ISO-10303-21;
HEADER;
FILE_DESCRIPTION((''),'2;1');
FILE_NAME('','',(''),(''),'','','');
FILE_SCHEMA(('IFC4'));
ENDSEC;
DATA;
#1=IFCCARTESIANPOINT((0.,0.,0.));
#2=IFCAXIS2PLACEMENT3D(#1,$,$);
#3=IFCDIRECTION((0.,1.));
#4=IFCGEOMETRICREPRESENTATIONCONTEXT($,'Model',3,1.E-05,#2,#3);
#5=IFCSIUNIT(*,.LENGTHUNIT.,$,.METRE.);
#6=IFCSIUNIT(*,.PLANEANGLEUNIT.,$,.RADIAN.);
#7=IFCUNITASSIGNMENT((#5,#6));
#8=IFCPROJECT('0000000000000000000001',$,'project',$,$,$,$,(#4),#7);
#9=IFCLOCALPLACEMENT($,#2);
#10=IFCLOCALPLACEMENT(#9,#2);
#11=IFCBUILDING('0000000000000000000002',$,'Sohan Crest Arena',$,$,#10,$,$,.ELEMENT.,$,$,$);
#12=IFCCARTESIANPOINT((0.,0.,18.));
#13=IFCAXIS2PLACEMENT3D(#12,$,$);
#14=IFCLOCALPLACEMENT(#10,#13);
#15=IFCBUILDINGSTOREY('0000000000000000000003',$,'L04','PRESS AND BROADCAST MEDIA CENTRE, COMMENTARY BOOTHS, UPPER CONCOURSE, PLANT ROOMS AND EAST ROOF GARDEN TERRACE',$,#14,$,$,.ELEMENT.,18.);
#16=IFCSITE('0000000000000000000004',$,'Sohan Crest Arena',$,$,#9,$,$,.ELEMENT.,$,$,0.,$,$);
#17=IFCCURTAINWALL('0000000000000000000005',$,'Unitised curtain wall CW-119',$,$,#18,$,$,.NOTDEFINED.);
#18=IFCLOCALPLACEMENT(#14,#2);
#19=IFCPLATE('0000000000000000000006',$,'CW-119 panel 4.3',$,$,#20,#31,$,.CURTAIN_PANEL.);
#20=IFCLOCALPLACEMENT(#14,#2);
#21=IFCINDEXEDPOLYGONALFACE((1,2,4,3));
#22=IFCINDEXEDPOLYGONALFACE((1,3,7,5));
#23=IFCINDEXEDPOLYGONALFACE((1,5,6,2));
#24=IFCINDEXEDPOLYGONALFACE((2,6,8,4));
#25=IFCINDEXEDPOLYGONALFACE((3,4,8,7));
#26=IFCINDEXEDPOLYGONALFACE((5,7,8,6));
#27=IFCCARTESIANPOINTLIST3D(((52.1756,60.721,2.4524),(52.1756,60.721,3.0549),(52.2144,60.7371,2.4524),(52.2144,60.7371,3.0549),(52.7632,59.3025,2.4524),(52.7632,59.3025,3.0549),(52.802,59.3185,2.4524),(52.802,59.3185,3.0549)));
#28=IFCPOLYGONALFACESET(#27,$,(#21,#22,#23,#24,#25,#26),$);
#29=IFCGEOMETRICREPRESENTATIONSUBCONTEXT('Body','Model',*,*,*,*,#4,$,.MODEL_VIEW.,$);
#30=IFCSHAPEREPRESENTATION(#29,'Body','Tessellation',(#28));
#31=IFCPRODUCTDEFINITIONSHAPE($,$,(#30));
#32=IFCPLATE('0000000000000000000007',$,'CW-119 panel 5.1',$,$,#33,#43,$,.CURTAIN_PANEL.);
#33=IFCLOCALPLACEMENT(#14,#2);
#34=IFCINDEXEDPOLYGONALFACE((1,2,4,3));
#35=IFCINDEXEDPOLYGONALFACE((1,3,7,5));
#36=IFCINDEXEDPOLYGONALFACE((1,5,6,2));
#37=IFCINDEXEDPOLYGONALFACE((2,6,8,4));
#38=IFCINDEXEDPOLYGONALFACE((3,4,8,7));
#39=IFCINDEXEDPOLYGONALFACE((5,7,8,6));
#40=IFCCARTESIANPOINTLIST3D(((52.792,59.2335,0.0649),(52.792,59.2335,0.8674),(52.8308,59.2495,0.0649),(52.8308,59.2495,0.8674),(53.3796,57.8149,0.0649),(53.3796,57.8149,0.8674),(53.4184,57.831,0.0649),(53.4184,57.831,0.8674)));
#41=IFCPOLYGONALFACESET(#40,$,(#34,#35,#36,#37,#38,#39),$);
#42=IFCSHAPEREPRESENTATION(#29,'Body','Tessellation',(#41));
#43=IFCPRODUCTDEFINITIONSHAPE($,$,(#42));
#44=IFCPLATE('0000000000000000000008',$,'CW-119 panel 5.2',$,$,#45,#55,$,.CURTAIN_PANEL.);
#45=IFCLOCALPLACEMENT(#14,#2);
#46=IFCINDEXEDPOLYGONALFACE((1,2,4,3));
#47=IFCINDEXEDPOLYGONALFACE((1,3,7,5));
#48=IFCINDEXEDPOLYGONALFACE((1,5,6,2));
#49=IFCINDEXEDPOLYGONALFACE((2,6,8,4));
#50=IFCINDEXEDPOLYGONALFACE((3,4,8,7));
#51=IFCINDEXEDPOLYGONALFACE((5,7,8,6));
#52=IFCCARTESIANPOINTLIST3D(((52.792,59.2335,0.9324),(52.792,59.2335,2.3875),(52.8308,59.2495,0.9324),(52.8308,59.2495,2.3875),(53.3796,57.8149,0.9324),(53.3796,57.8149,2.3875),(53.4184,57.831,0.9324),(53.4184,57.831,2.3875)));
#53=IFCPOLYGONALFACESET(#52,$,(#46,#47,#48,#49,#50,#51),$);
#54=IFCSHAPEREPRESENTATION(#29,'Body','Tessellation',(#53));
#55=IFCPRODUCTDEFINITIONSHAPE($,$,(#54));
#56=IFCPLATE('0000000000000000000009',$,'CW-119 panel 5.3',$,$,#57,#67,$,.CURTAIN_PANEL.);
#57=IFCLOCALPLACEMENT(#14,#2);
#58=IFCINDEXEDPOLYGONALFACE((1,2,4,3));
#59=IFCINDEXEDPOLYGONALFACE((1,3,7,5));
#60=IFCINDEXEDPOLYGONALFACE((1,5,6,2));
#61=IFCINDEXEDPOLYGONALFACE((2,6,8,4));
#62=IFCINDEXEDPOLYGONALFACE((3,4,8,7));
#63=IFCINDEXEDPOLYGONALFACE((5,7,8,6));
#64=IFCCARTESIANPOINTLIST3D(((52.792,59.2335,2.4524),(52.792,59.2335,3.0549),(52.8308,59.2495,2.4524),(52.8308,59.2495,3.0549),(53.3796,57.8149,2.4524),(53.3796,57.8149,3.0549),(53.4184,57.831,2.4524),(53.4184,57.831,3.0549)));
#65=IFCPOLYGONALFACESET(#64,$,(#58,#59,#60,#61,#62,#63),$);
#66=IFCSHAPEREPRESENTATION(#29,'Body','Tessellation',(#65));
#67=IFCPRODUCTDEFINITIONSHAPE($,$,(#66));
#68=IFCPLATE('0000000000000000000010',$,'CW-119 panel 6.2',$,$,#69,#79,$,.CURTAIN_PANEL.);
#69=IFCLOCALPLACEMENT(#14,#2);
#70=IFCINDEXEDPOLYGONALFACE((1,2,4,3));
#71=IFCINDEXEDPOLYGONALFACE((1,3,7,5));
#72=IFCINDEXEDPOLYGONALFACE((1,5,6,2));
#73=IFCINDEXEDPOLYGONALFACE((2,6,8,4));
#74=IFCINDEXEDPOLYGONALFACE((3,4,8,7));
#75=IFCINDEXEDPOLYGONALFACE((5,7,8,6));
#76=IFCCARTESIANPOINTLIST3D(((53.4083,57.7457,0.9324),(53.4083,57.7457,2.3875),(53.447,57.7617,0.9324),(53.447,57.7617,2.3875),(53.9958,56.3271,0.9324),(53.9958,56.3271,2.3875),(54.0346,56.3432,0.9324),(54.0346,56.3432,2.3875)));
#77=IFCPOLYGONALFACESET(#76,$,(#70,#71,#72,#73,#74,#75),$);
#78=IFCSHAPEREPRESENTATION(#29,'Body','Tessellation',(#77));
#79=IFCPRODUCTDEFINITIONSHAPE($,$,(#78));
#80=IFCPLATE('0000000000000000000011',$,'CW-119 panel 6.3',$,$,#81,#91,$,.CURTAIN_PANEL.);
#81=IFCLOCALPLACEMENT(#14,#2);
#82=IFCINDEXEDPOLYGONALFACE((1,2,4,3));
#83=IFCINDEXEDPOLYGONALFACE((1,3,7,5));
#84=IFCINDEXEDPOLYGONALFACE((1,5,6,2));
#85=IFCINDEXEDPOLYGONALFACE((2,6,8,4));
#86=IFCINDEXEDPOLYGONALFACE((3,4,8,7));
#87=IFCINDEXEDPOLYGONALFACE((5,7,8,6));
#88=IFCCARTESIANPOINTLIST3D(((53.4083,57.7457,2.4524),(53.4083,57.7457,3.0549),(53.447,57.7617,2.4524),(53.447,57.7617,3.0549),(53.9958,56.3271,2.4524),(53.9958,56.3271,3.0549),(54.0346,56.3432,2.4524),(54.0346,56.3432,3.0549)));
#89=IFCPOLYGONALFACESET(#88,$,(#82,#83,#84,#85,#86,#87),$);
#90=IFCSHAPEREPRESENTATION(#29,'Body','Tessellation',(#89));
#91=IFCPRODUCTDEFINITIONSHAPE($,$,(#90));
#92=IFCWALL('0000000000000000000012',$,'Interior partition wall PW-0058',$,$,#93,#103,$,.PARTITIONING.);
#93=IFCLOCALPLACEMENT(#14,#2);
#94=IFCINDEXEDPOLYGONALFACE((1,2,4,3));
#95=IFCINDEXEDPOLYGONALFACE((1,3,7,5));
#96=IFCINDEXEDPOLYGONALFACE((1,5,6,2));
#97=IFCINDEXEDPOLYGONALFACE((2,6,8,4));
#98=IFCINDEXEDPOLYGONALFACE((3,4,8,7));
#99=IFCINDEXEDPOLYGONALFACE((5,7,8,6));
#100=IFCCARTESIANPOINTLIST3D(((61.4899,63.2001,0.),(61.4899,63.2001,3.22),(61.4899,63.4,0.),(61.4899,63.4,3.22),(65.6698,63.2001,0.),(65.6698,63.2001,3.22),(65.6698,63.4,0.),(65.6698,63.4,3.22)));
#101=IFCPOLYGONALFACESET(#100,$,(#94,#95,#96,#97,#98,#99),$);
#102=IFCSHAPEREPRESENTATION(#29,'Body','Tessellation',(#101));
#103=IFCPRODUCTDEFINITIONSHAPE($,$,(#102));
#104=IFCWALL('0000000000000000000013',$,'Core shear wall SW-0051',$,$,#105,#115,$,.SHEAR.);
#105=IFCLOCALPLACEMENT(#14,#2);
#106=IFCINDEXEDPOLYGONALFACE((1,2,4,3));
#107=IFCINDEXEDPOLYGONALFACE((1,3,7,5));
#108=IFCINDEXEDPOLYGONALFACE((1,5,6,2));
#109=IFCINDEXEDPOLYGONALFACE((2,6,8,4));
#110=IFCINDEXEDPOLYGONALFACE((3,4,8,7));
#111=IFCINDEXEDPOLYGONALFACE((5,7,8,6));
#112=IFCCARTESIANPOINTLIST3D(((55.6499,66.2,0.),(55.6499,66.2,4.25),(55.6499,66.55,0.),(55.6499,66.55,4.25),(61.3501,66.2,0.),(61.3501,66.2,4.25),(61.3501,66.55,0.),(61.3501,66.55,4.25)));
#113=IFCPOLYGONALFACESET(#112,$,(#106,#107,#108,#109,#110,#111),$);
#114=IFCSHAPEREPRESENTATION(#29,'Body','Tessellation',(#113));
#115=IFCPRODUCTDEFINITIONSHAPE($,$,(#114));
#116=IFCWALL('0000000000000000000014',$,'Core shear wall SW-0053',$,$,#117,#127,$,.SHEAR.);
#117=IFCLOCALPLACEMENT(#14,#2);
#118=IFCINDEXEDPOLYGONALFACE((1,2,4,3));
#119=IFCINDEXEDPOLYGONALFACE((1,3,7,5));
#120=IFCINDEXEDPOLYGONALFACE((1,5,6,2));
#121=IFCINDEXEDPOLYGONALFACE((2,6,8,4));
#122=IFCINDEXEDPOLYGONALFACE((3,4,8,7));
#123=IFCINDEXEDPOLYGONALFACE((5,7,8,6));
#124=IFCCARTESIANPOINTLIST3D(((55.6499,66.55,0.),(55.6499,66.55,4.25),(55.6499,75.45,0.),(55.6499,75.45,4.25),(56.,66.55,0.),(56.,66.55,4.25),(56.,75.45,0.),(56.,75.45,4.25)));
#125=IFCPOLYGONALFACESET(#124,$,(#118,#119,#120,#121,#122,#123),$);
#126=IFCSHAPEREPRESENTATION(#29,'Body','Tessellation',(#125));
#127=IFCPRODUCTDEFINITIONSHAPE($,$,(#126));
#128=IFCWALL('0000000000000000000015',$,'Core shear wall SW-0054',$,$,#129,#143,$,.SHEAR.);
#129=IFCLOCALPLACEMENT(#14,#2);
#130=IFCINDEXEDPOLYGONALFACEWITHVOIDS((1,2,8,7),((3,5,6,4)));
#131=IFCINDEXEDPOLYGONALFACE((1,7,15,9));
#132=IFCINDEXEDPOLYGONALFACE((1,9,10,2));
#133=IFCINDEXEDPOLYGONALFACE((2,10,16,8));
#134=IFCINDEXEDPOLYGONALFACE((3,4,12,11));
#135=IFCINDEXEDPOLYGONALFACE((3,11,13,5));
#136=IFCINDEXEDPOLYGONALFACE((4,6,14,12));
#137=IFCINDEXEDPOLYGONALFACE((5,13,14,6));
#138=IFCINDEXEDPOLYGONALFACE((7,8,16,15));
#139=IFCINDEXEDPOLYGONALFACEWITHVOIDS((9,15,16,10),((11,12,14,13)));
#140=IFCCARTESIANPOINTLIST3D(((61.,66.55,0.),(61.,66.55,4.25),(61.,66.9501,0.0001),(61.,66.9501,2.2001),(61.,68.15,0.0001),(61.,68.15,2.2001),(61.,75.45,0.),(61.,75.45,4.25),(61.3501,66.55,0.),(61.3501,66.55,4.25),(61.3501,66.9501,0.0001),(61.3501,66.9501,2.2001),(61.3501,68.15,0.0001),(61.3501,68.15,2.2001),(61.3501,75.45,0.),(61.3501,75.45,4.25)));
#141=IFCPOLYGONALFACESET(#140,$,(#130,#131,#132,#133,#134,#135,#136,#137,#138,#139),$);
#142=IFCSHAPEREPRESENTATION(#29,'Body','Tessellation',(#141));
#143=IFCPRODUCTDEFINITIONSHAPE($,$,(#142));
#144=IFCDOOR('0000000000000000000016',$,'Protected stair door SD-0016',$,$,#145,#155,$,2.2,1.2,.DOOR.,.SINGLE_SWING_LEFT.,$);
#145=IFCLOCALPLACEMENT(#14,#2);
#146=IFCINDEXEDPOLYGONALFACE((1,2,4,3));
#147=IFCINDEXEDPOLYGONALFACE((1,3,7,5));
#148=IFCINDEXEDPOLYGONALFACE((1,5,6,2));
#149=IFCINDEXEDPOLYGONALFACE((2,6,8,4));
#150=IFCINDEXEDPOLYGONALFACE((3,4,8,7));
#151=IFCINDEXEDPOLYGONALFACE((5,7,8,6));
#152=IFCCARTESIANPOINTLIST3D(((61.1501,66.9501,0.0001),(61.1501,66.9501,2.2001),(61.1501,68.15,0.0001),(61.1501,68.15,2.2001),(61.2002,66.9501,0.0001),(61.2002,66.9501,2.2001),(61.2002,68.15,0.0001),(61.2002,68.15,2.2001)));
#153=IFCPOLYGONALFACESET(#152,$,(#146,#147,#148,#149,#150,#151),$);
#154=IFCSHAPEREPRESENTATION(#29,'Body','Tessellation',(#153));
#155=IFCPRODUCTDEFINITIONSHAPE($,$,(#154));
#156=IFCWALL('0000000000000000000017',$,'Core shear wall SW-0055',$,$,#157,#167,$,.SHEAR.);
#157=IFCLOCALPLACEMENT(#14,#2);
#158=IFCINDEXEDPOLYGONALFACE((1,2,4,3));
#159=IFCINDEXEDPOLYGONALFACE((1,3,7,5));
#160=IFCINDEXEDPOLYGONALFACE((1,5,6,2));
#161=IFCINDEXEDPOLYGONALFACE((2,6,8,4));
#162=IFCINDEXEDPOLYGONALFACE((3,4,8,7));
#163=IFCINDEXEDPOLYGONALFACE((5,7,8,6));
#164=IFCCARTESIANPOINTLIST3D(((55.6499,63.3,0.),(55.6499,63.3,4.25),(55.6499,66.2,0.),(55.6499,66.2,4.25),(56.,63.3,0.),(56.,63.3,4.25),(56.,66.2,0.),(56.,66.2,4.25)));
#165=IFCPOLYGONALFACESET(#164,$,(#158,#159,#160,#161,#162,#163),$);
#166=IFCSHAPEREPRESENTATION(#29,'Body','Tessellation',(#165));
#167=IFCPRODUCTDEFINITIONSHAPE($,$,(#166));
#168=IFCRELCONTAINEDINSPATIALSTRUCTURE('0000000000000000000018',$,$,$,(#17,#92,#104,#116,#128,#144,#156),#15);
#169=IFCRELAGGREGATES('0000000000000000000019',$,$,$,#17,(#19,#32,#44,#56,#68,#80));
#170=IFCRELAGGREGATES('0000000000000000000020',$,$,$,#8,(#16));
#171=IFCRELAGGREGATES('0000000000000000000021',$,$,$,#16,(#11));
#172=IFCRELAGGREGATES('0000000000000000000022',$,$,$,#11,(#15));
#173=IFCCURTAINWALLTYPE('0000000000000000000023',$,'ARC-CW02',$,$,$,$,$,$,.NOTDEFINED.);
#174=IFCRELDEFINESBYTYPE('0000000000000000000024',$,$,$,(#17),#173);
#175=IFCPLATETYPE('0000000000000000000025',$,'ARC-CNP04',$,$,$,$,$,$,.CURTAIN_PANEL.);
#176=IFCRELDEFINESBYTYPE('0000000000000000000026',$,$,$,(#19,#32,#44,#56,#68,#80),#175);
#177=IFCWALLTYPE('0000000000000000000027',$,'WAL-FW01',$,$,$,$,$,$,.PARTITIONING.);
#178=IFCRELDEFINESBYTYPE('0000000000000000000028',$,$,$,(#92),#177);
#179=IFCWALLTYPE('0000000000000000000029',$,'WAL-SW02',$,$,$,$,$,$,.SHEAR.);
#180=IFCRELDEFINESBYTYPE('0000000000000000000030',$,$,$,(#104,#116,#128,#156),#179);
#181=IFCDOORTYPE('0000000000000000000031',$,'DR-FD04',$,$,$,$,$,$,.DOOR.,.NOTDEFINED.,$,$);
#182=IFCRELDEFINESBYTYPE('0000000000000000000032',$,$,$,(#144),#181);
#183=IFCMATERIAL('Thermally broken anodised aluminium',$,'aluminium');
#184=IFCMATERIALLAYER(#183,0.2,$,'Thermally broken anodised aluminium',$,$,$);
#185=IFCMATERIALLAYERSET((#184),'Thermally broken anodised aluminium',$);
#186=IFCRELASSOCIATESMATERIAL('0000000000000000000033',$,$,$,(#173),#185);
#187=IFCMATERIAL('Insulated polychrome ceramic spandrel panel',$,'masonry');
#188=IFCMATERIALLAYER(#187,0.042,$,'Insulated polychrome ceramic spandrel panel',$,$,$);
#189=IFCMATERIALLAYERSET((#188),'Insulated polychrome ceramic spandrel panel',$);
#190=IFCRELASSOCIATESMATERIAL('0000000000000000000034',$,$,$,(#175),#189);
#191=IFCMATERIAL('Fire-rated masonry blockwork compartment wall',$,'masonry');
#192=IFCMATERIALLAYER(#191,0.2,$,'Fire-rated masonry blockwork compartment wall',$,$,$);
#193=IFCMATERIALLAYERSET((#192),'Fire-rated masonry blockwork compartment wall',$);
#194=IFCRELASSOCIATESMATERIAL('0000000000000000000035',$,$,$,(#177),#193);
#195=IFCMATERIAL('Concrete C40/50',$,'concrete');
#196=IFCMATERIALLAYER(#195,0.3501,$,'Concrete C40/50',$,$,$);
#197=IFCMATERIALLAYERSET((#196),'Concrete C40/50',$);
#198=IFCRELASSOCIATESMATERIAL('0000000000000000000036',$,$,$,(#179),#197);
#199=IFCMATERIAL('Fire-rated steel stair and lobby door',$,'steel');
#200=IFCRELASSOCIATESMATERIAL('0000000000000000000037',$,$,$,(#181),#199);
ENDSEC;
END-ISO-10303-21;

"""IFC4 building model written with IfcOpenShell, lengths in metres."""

from ifc_helpers import new_model, si_unit, direction, frame, frame_2d, origin, origin_2d, place, context, subcontext, project, spatial, rectangle, extrude, material, layer, layer_set, type_object, element, fill, aggregate, save


model = new_model("IFC4")

# Units and contexts
model_context = context("Model", 3, precision=1e-05, world=origin(), true_north=direction((0.0, 1.0)))
body_context = subcontext(model_context, "Body", "Model", "MODEL_VIEW")
ifc_project = project(units=[si_unit("LENGTHUNIT", "METRE"), si_unit("PLANEANGLEUNIT", "RADIAN")], contexts=[model_context])

# Site, building, storey
site_placement = place(None, origin())
site = spatial("IfcSite", under=ifc_project, at=site_placement, Name="Sohan Crest Arena", CompositionType="ELEMENT", RefElevation=0.0)
building_placement = place(site_placement, origin())
building = spatial("IfcBuilding", under=site, at=building_placement, Name="Sohan Crest Arena", CompositionType="ELEMENT")
storey_placement = place(building_placement, frame((0.0, 0.0, 18.0)))
storey = spatial("IfcBuildingStorey", under=building, at=storey_placement, Name="L04", Description="PRESS AND BROADCAST MEDIA CENTRE, COMMENTARY BOOTHS, UPPER CONCOURSE, PLANT ROOMS AND EAST ROOF GARDEN TERRACE", CompositionType="ELEMENT", Elevation=18.0)

# Curtain wall
ifc_material_1 = material(Name="Thermally broken anodised aluminium", Category="aluminium")
ifc_layer_1 = layer(ifc_material_1, 0.2, Name="Thermally broken anodised aluminium")
ifc_layer_set_1 = layer_set([ifc_layer_1], Name="Thermally broken anodised aluminium")
curtain_wall_type = type_object("IfcCurtainWallType", Name="ARC-CW02", PredefinedType="NOTDEFINED", material=ifc_layer_set_1)
curtain_wall_placement = place(storey_placement, origin())
curtain_wall = element("IfcCurtainWall", 1, at=curtain_wall_placement, inside=storey, type_object=curtain_wall_type, Name="Unitised curtain wall CW-119", PredefinedType="NOTDEFINED")

# Plates
ifc_material_2 = material(Name="Insulated polychrome ceramic spandrel panel", Category="masonry")
ifc_layer_2 = layer(ifc_material_2, 0.042, Name="Insulated polychrome ceramic spandrel panel")
ifc_layer_set_2 = layer_set([ifc_layer_2], Name="Insulated polychrome ceramic spandrel panel")
plate_type = type_object("IfcPlateType", Name="ARC-CNP04", PredefinedType="CURTAIN_PANEL", material=ifc_layer_set_2)
plate_1_placement = place(storey_placement, frame((52.4888, 60.0198, 2.4524), z_axis=(0.0, 0.0, 1.0), x_axis=(0.382685, -0.923879, 0.0)))
plate_1 = element("IfcPlate", 2, at=plate_1_placement, type_object=plate_type, Name="CW-119 panel 4.3", PredefinedType="CURTAIN_PANEL", context=body_context, shape_type="SweptSolid", body=[
    extrude(rectangle(XDim=1.5354, YDim=0.042, at=origin_2d()), origin(), (0.0, 0.0, 1.0), 0.6025),
])
plate_2_placement = place(storey_placement, frame((53.1052, 58.5322, 0.0649), z_axis=(0.0, 0.0, 1.0), x_axis=(0.382685, -0.923879, 0.0)))
plate_2 = element("IfcPlate", 3, at=plate_2_placement, type_object=plate_type, Name="CW-119 panel 5.1", PredefinedType="CURTAIN_PANEL", context=body_context, shape_type="SweptSolid", body=[
    extrude(rectangle(XDim=1.5354, YDim=0.042, at=origin_2d()), origin(), (0.0, 0.0, 1.0), 0.8025),
])
plate_3_placement = place(storey_placement, frame((53.1052, 58.5322, 0.9324), z_axis=(0.0, 0.0, 1.0), x_axis=(0.382685, -0.923879, 0.0)))
plate_3 = element("IfcPlate", 4, at=plate_3_placement, type_object=plate_type, Name="CW-119 panel 5.2", PredefinedType="CURTAIN_PANEL", context=body_context, shape_type="SweptSolid", body=[
    extrude(rectangle(XDim=1.5354, YDim=0.042, at=origin_2d()), origin(), (0.0, 0.0, 1.0), 1.4551),
])
plate_4_placement = place(storey_placement, frame((53.1052, 58.5322, 2.4524), z_axis=(0.0, 0.0, 1.0), x_axis=(0.382685, -0.923879, 0.0)))
plate_4 = element("IfcPlate", 5, at=plate_4_placement, type_object=plate_type, Name="CW-119 panel 5.3", PredefinedType="CURTAIN_PANEL", context=body_context, shape_type="SweptSolid", body=[
    extrude(rectangle(XDim=1.5354, YDim=0.042, at=origin_2d()), origin(), (0.0, 0.0, 1.0), 0.6025),
])
plate_5_placement = place(storey_placement, frame((53.7214, 57.0444, 0.9324), z_axis=(0.0, 0.0, 1.0), x_axis=(0.382685, -0.923879, 0.0)))
plate_5 = element("IfcPlate", 6, at=plate_5_placement, type_object=plate_type, Name="CW-119 panel 6.2", PredefinedType="CURTAIN_PANEL", context=body_context, shape_type="SweptSolid", body=[
    extrude(rectangle(XDim=1.5354, YDim=0.042, at=origin_2d()), origin(), (0.0, 0.0, 1.0), 1.4551),
])
plate_6_placement = place(storey_placement, frame((53.7214, 57.0444, 2.4524), z_axis=(0.0, 0.0, 1.0), x_axis=(0.382685, -0.923879, 0.0)))
plate_6 = element("IfcPlate", 7, at=plate_6_placement, type_object=plate_type, Name="CW-119 panel 6.3", PredefinedType="CURTAIN_PANEL", context=body_context, shape_type="SweptSolid", body=[
    extrude(rectangle(XDim=1.5354, YDim=0.042, at=origin_2d()), origin(), (0.0, 0.0, 1.0), 0.6025),
])
aggregate(curtain_wall, [plate_1, plate_2, plate_3, plate_4, plate_5, plate_6])

# Walls
ifc_material_3 = material(Name="Fire-rated masonry blockwork compartment wall", Category="masonry")
ifc_layer_3 = layer(ifc_material_3, 0.2, Name="Fire-rated masonry blockwork compartment wall")
ifc_layer_set_3 = layer_set([ifc_layer_3], Name="Fire-rated masonry blockwork compartment wall")
wall_type_1 = type_object("IfcWallType", Name="WAL-FW01", PredefinedType="PARTITIONING", material=ifc_layer_set_3)
wall_1_placement = place(storey_placement, frame((61.49, 63.3, 0.0), z_axis=(0.0, 0.0, 1.0), x_axis=(1.0, 0.0, 0.0)))
element("IfcWall", 8, at=wall_1_placement, inside=storey, type_object=wall_type_1, Name="Interior partition wall PW-0058", PredefinedType="PARTITIONING", context=body_context, shape_type="SweptSolid", body=[
    extrude(rectangle(XDim=4.1799, YDim=0.2, at=frame_2d((2.0898, 0.0))), origin(), (0.0, 0.0, 1.0), 3.22),
])
ifc_material_4 = material(Name="Concrete C40/50", Category="concrete")
ifc_layer_4 = layer(ifc_material_4, 0.3501, Name="Concrete C40/50")
ifc_layer_set_4 = layer_set([ifc_layer_4], Name="Concrete C40/50")
wall_type_2 = type_object("IfcWallType", Name="WAL-SW02", PredefinedType="SHEAR", material=ifc_layer_set_4)
wall_2_placement = place(storey_placement, frame((55.6499, 66.375, 0.0), z_axis=(0.0, 0.0, 1.0), x_axis=(1.0, 0.0, 0.0)))
element("IfcWall", 9, at=wall_2_placement, inside=storey, type_object=wall_type_2, Name="Core shear wall SW-0051", PredefinedType="SHEAR", context=body_context, shape_type="SweptSolid", body=[
    extrude(rectangle(XDim=5.7002, YDim=0.3501, at=frame_2d((2.8501, 0.0))), origin(), (0.0, 0.0, 1.0), 4.25),
])
wall_3_placement = place(storey_placement, frame((55.825, 66.55, 0.0), z_axis=(0.0, 0.0, 1.0), x_axis=(0.0, 1.0, 0.0)))
element("IfcWall", 10, at=wall_3_placement, inside=storey, type_object=wall_type_2, Name="Core shear wall SW-0053", PredefinedType="SHEAR", context=body_context, shape_type="SweptSolid", body=[
    extrude(rectangle(XDim=8.8999, YDim=0.3501, at=frame_2d((4.45, 0.0))), origin(), (0.0, 0.0, 1.0), 4.25),
])

# Wall, opening, door
wall_4_placement = place(storey_placement, frame((61.175, 66.55, 0.0), z_axis=(0.0, 0.0, 1.0), x_axis=(0.0, 1.0, 0.0)))
wall_4 = element("IfcWall", 11, at=wall_4_placement, inside=storey, type_object=wall_type_2, Name="Core shear wall SW-0054", PredefinedType="SHEAR", context=body_context, shape_type="SweptSolid", body=[
    extrude(rectangle(XDim=8.8999, YDim=0.3501, at=frame_2d((4.45, 0.0))), origin(), (0.0, 0.0, 1.0), 4.25),
])
opening_1_placement = place(wall_4_placement, frame((0.3999, 0.0, 0.0)))
opening_1 = element("IfcOpeningElement", 12, at=opening_1_placement, cuts=wall_4, PredefinedType="OPENING", context=body_context, shape_type="SweptSolid", body=[
    extrude(rectangle(XDim=1.2, YDim=2.2, at=frame_2d((0.6001, 1.1001))), frame((0.0, 0.1851, 0.0), z_axis=(0.0, -1.0, 0.0), x_axis=(1.0, 0.0, 0.0)), (0.0, 0.0, 1.0), 0.3701),
])
ifc_material_5 = material(Name="Fire-rated steel stair and lobby door", Category="steel")
door_type_1 = type_object("IfcDoorType", Name="DR-FD04", OperationType="NOTDEFINED", PredefinedType="DOOR", material=ifc_material_5)
door_1_placement = place(opening_1_placement, origin())
door_1 = element("IfcDoor", 13, at=door_1_placement, inside=storey, type_object=door_type_1, Name="Protected stair door SD-0016", OperationType="SINGLE_SWING_LEFT", OverallHeight=2.2, OverallWidth=1.2, PredefinedType="DOOR", context=body_context, shape_type="SweptSolid", body=[
    extrude(rectangle(XDim=1.2, YDim=2.2, at=frame_2d((0.6001, 1.1001))), frame((0.0, 0.0249, 0.0), z_axis=(0.0, -1.0, 0.0), x_axis=(1.0, 0.0, 0.0)), (0.0, 0.0, 1.0), 0.05),
])
fill(opening_1, door_1)

# Wall
wall_5_placement = place(storey_placement, frame((55.825, 63.3, 0.0), z_axis=(0.0, 0.0, 1.0), x_axis=(0.0, 1.0, 0.0)))
element("IfcWall", 14, at=wall_5_placement, inside=storey, type_object=wall_type_2, Name="Core shear wall SW-0055", PredefinedType="SHEAR", context=body_context, shape_type="SweptSolid", body=[
    extrude(rectangle(XDim=2.8999, YDim=0.3501, at=frame_2d((1.45, 0.0))), origin(), (0.0, 0.0, 1.0), 4.25),
])

save(model, "model.ifc")
